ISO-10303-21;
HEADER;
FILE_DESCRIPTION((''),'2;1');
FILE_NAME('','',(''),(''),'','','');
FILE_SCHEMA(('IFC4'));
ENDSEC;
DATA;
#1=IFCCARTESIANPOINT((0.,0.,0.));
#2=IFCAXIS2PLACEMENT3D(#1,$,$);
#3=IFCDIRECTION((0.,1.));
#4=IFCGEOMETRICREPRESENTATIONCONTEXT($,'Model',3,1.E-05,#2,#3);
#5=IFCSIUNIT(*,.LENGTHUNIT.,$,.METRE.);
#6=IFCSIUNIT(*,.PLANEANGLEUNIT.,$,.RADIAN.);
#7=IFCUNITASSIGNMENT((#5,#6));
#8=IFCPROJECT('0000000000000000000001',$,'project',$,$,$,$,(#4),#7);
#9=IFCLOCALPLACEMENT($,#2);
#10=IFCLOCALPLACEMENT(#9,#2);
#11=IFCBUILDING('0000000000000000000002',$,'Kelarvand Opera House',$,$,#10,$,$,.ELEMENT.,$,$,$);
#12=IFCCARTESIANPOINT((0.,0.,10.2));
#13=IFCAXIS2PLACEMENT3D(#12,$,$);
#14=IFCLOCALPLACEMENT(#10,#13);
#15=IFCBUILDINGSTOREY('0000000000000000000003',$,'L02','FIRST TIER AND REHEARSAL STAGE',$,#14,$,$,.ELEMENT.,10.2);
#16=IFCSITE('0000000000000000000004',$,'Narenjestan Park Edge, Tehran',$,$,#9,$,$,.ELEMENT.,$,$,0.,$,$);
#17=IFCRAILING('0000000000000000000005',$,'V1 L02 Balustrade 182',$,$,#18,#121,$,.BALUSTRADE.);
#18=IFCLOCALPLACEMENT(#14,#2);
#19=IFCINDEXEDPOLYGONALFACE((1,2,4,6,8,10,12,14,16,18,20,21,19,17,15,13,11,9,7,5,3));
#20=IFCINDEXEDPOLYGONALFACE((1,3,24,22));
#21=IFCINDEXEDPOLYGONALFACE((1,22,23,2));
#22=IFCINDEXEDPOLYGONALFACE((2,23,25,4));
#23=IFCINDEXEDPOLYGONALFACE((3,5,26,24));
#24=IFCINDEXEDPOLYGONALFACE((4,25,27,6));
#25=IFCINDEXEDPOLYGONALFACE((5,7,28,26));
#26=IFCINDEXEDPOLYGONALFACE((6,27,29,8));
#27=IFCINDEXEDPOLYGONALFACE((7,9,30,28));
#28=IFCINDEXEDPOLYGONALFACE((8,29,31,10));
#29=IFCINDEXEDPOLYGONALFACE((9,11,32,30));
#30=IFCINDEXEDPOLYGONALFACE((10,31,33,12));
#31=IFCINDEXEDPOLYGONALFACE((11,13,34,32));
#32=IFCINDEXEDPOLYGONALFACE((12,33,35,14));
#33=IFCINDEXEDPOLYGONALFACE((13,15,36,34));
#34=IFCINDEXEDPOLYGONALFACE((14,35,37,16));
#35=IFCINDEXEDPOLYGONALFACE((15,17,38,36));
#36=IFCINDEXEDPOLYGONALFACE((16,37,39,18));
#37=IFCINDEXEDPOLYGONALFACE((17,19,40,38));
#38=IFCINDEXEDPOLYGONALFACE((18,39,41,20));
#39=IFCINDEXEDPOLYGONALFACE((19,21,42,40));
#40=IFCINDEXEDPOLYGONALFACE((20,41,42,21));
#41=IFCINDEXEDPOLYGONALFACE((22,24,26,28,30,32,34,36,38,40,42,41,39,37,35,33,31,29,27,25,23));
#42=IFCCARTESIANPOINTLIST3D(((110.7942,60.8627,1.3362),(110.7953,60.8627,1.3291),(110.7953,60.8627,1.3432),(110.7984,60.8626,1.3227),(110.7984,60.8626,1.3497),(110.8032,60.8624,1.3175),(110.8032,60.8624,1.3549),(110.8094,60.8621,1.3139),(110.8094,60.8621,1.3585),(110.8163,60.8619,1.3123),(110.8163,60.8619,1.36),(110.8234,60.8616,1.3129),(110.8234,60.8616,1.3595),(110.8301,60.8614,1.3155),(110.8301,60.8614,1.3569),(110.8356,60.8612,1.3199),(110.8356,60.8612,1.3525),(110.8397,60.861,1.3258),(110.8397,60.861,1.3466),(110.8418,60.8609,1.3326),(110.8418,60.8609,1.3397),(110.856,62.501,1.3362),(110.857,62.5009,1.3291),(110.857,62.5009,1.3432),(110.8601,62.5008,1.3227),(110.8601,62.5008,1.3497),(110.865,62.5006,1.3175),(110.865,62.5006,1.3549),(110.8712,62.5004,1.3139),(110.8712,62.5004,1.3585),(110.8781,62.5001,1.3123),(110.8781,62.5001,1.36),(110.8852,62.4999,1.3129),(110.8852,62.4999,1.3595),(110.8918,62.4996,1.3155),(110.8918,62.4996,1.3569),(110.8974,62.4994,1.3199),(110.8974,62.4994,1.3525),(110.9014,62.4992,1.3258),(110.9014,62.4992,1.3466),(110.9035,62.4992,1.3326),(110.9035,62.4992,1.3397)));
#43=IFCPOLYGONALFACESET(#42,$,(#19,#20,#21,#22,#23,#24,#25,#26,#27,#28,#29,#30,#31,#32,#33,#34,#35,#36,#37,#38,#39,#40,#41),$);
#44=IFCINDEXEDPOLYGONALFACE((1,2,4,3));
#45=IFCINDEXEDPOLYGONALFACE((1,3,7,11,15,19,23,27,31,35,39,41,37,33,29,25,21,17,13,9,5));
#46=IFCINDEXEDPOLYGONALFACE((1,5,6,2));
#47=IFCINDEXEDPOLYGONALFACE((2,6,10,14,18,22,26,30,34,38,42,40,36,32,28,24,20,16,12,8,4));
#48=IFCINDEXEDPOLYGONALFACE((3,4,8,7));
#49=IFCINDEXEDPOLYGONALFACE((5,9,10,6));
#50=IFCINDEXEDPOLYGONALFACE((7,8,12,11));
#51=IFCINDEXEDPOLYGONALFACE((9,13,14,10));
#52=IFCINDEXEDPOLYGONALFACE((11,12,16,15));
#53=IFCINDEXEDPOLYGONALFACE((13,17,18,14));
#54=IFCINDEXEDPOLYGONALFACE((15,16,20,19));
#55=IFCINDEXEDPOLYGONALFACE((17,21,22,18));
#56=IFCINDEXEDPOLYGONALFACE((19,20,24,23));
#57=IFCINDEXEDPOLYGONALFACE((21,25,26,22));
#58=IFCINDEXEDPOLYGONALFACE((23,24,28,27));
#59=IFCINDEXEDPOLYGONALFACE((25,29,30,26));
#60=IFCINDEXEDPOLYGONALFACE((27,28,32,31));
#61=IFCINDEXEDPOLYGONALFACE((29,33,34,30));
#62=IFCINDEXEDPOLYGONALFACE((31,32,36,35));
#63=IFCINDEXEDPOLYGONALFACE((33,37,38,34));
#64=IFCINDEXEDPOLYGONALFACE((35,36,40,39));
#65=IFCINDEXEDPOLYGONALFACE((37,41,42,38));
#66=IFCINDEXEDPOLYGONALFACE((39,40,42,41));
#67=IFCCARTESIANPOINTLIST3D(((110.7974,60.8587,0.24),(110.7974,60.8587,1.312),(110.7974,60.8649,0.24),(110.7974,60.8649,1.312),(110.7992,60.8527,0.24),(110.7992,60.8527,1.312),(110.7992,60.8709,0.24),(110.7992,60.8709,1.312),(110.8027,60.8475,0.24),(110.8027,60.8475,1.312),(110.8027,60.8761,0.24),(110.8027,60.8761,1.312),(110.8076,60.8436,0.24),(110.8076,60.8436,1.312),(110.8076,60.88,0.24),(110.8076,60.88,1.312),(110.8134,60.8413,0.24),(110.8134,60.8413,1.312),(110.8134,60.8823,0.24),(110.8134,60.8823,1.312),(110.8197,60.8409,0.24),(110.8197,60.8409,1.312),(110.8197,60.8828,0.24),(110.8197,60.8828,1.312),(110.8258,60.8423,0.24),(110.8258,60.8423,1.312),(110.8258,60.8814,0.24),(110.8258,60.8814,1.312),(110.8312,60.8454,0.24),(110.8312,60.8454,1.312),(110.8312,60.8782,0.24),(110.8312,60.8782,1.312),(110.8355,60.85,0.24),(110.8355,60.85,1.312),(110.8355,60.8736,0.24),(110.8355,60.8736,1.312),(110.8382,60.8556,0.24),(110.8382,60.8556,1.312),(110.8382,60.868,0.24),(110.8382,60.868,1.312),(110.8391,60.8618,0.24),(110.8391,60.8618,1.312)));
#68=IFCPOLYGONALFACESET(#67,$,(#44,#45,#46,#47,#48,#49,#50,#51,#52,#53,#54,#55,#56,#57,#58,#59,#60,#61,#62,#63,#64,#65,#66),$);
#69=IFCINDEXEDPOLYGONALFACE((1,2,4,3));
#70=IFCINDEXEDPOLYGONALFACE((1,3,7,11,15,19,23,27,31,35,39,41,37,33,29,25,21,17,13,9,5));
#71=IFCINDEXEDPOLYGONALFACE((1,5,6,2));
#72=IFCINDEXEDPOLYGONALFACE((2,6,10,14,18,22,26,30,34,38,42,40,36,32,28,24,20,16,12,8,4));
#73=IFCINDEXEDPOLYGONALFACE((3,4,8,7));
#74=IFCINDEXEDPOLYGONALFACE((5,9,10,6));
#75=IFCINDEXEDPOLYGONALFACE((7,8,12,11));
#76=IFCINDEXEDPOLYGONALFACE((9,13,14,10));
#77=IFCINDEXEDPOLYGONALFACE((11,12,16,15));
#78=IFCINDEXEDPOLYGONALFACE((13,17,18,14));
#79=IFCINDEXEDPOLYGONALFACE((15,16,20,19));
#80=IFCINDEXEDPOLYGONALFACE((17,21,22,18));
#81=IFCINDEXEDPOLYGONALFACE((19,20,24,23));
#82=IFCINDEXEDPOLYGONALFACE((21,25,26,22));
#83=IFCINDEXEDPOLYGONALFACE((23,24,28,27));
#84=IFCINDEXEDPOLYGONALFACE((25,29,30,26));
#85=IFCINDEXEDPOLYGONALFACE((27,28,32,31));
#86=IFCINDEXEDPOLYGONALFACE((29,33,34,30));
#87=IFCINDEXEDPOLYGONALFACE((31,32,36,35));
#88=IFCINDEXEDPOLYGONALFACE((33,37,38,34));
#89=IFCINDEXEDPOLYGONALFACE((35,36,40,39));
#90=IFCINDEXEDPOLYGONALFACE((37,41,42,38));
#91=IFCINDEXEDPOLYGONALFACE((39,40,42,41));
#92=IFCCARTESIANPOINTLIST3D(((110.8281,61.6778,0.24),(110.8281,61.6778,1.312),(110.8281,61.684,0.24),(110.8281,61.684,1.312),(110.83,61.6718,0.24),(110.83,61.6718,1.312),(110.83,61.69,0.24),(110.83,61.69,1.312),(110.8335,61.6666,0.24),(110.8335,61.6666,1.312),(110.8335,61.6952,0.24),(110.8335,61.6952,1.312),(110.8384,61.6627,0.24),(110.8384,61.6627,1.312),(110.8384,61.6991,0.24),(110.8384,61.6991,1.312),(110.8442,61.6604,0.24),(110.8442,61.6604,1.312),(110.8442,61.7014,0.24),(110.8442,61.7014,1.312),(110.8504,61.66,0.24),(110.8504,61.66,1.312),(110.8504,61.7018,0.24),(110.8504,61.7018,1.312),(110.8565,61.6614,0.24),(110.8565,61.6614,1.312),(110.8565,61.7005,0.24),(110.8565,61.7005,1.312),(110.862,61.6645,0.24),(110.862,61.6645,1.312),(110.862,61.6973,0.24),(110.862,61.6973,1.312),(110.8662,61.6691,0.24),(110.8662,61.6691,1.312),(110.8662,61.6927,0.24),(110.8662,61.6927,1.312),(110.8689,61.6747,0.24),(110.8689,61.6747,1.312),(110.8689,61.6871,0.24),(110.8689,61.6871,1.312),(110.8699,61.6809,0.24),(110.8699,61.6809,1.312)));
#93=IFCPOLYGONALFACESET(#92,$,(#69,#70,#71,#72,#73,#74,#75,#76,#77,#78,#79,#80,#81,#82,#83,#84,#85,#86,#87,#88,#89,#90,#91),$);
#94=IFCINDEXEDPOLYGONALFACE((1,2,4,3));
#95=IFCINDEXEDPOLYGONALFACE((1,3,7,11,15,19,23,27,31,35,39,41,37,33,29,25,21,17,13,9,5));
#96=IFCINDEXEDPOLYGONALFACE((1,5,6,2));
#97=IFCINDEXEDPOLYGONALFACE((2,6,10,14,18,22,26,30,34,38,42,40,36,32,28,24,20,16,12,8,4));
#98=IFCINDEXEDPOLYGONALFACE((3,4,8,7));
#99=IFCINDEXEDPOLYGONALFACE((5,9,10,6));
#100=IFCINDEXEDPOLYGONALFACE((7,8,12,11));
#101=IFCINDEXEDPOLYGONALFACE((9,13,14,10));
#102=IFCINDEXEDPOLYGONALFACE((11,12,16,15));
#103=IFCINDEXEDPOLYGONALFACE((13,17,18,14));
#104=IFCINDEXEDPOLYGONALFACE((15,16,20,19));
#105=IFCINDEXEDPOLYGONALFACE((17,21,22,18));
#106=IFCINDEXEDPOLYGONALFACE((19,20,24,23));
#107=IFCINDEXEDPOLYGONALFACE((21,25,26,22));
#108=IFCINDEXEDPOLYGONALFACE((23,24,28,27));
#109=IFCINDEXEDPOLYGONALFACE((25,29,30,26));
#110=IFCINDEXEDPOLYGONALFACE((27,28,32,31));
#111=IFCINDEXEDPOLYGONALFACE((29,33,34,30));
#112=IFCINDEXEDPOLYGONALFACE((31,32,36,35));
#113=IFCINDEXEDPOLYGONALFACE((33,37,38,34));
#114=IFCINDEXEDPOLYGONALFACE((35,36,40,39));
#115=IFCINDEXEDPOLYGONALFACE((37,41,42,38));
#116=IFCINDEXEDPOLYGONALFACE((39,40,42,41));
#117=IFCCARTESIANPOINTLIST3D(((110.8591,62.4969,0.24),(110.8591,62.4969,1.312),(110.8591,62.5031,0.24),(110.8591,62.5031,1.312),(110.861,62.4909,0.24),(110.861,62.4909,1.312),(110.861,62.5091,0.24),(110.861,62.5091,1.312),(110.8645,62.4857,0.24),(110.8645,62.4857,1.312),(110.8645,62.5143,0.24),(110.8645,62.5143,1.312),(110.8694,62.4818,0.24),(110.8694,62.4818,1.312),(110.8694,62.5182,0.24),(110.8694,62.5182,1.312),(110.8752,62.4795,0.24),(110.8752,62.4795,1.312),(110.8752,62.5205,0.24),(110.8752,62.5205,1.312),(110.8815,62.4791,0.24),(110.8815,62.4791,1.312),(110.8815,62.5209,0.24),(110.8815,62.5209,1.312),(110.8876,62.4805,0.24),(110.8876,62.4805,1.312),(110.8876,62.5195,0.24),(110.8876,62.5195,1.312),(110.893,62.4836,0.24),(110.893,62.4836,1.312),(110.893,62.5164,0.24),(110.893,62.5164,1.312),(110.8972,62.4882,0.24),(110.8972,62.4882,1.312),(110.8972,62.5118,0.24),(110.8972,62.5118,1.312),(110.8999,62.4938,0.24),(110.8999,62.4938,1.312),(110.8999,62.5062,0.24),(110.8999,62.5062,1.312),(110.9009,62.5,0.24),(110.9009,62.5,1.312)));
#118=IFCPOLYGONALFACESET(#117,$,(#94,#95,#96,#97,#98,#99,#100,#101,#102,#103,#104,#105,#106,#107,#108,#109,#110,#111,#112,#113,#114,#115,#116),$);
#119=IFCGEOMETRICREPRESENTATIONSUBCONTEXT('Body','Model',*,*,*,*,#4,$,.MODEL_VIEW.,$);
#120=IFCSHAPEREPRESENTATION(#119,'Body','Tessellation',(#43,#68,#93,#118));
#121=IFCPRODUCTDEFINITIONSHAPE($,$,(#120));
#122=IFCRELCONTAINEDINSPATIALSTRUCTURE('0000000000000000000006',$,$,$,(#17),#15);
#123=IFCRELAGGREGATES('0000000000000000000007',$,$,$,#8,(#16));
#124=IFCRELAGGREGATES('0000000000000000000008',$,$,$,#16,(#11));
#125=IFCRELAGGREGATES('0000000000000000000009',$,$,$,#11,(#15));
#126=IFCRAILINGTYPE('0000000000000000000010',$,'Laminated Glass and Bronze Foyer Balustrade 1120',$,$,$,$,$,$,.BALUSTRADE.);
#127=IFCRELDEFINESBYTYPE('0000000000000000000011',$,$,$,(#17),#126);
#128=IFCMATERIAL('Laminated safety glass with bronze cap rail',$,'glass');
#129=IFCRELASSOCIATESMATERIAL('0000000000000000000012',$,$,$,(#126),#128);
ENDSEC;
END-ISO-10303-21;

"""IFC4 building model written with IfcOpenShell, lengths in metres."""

from ifc_helpers import new_model, si_unit, direction, frame, origin, origin_2d, place, context, subcontext, project, spatial, circle, extrude, material, type_object, element, save


model = new_model("IFC4")

# Units and contexts
model_context = context("Model", 3, precision=1e-05, world=origin(), true_north=direction((0.0, 1.0)))
body_context = subcontext(model_context, "Body", "Model", "MODEL_VIEW")
ifc_project = project(units=[si_unit("LENGTHUNIT", "METRE"), si_unit("PLANEANGLEUNIT", "RADIAN")], contexts=[model_context])

# Site, building, storey
site_placement = place(None, origin())
site = spatial("IfcSite", under=ifc_project, at=site_placement, Name="Narenjestan Park Edge, Tehran", CompositionType="ELEMENT", RefElevation=0.0)
building_placement = place(site_placement, origin())
building = spatial("IfcBuilding", under=site, at=building_placement, Name="Kelarvand Opera House", CompositionType="ELEMENT")
storey_placement = place(building_placement, frame((0.0, 0.0, 10.2)))
storey = spatial("IfcBuildingStorey", under=building, at=storey_placement, Name="L02", Description="FIRST TIER AND REHEARSAL STAGE", CompositionType="ELEMENT", Elevation=10.2)

# Railing
ifc_material_1 = material(Name="Laminated safety glass with bronze cap rail", Category="glass")
railing_type = type_object("IfcRailingType", Name="Laminated Glass and Bronze Foyer Balustrade 1120", PredefinedType="BALUSTRADE", material=ifc_material_1)
railing_1_placement = place(storey_placement, frame((110.8181, 60.8618, 0.24)))
element("IfcRailing", 1, at=railing_1_placement, inside=storey, type_object=railing_type, Name="V1 L02 Balustrade 182", PredefinedType="BALUSTRADE", context=body_context, shape_type="SweptSolid", body=[
    extrude(circle(Radius=0.0239, at=origin_2d()), frame((0.0, 0.0, 1.0962), z_axis=(0.037678, 0.99929, 0.0), x_axis=(-0.99929, 0.037678, 0.0)), (0.0, 0.0, 1.0), 1.6394),
    extrude(circle(Radius=0.021, at=origin_2d()), origin(), (0.0, 0.0, 1.0), 1.072),
    extrude(circle(Radius=0.021, at=origin_2d()), frame((0.0308, 0.8191, 0.0)), (0.0, 0.0, 1.0), 1.072),
    extrude(circle(Radius=0.021, at=origin_2d()), frame((0.0618, 1.6382, 0.0)), (0.0, 0.0, 1.0), 1.072),
])

save(model, "model.ifc")
